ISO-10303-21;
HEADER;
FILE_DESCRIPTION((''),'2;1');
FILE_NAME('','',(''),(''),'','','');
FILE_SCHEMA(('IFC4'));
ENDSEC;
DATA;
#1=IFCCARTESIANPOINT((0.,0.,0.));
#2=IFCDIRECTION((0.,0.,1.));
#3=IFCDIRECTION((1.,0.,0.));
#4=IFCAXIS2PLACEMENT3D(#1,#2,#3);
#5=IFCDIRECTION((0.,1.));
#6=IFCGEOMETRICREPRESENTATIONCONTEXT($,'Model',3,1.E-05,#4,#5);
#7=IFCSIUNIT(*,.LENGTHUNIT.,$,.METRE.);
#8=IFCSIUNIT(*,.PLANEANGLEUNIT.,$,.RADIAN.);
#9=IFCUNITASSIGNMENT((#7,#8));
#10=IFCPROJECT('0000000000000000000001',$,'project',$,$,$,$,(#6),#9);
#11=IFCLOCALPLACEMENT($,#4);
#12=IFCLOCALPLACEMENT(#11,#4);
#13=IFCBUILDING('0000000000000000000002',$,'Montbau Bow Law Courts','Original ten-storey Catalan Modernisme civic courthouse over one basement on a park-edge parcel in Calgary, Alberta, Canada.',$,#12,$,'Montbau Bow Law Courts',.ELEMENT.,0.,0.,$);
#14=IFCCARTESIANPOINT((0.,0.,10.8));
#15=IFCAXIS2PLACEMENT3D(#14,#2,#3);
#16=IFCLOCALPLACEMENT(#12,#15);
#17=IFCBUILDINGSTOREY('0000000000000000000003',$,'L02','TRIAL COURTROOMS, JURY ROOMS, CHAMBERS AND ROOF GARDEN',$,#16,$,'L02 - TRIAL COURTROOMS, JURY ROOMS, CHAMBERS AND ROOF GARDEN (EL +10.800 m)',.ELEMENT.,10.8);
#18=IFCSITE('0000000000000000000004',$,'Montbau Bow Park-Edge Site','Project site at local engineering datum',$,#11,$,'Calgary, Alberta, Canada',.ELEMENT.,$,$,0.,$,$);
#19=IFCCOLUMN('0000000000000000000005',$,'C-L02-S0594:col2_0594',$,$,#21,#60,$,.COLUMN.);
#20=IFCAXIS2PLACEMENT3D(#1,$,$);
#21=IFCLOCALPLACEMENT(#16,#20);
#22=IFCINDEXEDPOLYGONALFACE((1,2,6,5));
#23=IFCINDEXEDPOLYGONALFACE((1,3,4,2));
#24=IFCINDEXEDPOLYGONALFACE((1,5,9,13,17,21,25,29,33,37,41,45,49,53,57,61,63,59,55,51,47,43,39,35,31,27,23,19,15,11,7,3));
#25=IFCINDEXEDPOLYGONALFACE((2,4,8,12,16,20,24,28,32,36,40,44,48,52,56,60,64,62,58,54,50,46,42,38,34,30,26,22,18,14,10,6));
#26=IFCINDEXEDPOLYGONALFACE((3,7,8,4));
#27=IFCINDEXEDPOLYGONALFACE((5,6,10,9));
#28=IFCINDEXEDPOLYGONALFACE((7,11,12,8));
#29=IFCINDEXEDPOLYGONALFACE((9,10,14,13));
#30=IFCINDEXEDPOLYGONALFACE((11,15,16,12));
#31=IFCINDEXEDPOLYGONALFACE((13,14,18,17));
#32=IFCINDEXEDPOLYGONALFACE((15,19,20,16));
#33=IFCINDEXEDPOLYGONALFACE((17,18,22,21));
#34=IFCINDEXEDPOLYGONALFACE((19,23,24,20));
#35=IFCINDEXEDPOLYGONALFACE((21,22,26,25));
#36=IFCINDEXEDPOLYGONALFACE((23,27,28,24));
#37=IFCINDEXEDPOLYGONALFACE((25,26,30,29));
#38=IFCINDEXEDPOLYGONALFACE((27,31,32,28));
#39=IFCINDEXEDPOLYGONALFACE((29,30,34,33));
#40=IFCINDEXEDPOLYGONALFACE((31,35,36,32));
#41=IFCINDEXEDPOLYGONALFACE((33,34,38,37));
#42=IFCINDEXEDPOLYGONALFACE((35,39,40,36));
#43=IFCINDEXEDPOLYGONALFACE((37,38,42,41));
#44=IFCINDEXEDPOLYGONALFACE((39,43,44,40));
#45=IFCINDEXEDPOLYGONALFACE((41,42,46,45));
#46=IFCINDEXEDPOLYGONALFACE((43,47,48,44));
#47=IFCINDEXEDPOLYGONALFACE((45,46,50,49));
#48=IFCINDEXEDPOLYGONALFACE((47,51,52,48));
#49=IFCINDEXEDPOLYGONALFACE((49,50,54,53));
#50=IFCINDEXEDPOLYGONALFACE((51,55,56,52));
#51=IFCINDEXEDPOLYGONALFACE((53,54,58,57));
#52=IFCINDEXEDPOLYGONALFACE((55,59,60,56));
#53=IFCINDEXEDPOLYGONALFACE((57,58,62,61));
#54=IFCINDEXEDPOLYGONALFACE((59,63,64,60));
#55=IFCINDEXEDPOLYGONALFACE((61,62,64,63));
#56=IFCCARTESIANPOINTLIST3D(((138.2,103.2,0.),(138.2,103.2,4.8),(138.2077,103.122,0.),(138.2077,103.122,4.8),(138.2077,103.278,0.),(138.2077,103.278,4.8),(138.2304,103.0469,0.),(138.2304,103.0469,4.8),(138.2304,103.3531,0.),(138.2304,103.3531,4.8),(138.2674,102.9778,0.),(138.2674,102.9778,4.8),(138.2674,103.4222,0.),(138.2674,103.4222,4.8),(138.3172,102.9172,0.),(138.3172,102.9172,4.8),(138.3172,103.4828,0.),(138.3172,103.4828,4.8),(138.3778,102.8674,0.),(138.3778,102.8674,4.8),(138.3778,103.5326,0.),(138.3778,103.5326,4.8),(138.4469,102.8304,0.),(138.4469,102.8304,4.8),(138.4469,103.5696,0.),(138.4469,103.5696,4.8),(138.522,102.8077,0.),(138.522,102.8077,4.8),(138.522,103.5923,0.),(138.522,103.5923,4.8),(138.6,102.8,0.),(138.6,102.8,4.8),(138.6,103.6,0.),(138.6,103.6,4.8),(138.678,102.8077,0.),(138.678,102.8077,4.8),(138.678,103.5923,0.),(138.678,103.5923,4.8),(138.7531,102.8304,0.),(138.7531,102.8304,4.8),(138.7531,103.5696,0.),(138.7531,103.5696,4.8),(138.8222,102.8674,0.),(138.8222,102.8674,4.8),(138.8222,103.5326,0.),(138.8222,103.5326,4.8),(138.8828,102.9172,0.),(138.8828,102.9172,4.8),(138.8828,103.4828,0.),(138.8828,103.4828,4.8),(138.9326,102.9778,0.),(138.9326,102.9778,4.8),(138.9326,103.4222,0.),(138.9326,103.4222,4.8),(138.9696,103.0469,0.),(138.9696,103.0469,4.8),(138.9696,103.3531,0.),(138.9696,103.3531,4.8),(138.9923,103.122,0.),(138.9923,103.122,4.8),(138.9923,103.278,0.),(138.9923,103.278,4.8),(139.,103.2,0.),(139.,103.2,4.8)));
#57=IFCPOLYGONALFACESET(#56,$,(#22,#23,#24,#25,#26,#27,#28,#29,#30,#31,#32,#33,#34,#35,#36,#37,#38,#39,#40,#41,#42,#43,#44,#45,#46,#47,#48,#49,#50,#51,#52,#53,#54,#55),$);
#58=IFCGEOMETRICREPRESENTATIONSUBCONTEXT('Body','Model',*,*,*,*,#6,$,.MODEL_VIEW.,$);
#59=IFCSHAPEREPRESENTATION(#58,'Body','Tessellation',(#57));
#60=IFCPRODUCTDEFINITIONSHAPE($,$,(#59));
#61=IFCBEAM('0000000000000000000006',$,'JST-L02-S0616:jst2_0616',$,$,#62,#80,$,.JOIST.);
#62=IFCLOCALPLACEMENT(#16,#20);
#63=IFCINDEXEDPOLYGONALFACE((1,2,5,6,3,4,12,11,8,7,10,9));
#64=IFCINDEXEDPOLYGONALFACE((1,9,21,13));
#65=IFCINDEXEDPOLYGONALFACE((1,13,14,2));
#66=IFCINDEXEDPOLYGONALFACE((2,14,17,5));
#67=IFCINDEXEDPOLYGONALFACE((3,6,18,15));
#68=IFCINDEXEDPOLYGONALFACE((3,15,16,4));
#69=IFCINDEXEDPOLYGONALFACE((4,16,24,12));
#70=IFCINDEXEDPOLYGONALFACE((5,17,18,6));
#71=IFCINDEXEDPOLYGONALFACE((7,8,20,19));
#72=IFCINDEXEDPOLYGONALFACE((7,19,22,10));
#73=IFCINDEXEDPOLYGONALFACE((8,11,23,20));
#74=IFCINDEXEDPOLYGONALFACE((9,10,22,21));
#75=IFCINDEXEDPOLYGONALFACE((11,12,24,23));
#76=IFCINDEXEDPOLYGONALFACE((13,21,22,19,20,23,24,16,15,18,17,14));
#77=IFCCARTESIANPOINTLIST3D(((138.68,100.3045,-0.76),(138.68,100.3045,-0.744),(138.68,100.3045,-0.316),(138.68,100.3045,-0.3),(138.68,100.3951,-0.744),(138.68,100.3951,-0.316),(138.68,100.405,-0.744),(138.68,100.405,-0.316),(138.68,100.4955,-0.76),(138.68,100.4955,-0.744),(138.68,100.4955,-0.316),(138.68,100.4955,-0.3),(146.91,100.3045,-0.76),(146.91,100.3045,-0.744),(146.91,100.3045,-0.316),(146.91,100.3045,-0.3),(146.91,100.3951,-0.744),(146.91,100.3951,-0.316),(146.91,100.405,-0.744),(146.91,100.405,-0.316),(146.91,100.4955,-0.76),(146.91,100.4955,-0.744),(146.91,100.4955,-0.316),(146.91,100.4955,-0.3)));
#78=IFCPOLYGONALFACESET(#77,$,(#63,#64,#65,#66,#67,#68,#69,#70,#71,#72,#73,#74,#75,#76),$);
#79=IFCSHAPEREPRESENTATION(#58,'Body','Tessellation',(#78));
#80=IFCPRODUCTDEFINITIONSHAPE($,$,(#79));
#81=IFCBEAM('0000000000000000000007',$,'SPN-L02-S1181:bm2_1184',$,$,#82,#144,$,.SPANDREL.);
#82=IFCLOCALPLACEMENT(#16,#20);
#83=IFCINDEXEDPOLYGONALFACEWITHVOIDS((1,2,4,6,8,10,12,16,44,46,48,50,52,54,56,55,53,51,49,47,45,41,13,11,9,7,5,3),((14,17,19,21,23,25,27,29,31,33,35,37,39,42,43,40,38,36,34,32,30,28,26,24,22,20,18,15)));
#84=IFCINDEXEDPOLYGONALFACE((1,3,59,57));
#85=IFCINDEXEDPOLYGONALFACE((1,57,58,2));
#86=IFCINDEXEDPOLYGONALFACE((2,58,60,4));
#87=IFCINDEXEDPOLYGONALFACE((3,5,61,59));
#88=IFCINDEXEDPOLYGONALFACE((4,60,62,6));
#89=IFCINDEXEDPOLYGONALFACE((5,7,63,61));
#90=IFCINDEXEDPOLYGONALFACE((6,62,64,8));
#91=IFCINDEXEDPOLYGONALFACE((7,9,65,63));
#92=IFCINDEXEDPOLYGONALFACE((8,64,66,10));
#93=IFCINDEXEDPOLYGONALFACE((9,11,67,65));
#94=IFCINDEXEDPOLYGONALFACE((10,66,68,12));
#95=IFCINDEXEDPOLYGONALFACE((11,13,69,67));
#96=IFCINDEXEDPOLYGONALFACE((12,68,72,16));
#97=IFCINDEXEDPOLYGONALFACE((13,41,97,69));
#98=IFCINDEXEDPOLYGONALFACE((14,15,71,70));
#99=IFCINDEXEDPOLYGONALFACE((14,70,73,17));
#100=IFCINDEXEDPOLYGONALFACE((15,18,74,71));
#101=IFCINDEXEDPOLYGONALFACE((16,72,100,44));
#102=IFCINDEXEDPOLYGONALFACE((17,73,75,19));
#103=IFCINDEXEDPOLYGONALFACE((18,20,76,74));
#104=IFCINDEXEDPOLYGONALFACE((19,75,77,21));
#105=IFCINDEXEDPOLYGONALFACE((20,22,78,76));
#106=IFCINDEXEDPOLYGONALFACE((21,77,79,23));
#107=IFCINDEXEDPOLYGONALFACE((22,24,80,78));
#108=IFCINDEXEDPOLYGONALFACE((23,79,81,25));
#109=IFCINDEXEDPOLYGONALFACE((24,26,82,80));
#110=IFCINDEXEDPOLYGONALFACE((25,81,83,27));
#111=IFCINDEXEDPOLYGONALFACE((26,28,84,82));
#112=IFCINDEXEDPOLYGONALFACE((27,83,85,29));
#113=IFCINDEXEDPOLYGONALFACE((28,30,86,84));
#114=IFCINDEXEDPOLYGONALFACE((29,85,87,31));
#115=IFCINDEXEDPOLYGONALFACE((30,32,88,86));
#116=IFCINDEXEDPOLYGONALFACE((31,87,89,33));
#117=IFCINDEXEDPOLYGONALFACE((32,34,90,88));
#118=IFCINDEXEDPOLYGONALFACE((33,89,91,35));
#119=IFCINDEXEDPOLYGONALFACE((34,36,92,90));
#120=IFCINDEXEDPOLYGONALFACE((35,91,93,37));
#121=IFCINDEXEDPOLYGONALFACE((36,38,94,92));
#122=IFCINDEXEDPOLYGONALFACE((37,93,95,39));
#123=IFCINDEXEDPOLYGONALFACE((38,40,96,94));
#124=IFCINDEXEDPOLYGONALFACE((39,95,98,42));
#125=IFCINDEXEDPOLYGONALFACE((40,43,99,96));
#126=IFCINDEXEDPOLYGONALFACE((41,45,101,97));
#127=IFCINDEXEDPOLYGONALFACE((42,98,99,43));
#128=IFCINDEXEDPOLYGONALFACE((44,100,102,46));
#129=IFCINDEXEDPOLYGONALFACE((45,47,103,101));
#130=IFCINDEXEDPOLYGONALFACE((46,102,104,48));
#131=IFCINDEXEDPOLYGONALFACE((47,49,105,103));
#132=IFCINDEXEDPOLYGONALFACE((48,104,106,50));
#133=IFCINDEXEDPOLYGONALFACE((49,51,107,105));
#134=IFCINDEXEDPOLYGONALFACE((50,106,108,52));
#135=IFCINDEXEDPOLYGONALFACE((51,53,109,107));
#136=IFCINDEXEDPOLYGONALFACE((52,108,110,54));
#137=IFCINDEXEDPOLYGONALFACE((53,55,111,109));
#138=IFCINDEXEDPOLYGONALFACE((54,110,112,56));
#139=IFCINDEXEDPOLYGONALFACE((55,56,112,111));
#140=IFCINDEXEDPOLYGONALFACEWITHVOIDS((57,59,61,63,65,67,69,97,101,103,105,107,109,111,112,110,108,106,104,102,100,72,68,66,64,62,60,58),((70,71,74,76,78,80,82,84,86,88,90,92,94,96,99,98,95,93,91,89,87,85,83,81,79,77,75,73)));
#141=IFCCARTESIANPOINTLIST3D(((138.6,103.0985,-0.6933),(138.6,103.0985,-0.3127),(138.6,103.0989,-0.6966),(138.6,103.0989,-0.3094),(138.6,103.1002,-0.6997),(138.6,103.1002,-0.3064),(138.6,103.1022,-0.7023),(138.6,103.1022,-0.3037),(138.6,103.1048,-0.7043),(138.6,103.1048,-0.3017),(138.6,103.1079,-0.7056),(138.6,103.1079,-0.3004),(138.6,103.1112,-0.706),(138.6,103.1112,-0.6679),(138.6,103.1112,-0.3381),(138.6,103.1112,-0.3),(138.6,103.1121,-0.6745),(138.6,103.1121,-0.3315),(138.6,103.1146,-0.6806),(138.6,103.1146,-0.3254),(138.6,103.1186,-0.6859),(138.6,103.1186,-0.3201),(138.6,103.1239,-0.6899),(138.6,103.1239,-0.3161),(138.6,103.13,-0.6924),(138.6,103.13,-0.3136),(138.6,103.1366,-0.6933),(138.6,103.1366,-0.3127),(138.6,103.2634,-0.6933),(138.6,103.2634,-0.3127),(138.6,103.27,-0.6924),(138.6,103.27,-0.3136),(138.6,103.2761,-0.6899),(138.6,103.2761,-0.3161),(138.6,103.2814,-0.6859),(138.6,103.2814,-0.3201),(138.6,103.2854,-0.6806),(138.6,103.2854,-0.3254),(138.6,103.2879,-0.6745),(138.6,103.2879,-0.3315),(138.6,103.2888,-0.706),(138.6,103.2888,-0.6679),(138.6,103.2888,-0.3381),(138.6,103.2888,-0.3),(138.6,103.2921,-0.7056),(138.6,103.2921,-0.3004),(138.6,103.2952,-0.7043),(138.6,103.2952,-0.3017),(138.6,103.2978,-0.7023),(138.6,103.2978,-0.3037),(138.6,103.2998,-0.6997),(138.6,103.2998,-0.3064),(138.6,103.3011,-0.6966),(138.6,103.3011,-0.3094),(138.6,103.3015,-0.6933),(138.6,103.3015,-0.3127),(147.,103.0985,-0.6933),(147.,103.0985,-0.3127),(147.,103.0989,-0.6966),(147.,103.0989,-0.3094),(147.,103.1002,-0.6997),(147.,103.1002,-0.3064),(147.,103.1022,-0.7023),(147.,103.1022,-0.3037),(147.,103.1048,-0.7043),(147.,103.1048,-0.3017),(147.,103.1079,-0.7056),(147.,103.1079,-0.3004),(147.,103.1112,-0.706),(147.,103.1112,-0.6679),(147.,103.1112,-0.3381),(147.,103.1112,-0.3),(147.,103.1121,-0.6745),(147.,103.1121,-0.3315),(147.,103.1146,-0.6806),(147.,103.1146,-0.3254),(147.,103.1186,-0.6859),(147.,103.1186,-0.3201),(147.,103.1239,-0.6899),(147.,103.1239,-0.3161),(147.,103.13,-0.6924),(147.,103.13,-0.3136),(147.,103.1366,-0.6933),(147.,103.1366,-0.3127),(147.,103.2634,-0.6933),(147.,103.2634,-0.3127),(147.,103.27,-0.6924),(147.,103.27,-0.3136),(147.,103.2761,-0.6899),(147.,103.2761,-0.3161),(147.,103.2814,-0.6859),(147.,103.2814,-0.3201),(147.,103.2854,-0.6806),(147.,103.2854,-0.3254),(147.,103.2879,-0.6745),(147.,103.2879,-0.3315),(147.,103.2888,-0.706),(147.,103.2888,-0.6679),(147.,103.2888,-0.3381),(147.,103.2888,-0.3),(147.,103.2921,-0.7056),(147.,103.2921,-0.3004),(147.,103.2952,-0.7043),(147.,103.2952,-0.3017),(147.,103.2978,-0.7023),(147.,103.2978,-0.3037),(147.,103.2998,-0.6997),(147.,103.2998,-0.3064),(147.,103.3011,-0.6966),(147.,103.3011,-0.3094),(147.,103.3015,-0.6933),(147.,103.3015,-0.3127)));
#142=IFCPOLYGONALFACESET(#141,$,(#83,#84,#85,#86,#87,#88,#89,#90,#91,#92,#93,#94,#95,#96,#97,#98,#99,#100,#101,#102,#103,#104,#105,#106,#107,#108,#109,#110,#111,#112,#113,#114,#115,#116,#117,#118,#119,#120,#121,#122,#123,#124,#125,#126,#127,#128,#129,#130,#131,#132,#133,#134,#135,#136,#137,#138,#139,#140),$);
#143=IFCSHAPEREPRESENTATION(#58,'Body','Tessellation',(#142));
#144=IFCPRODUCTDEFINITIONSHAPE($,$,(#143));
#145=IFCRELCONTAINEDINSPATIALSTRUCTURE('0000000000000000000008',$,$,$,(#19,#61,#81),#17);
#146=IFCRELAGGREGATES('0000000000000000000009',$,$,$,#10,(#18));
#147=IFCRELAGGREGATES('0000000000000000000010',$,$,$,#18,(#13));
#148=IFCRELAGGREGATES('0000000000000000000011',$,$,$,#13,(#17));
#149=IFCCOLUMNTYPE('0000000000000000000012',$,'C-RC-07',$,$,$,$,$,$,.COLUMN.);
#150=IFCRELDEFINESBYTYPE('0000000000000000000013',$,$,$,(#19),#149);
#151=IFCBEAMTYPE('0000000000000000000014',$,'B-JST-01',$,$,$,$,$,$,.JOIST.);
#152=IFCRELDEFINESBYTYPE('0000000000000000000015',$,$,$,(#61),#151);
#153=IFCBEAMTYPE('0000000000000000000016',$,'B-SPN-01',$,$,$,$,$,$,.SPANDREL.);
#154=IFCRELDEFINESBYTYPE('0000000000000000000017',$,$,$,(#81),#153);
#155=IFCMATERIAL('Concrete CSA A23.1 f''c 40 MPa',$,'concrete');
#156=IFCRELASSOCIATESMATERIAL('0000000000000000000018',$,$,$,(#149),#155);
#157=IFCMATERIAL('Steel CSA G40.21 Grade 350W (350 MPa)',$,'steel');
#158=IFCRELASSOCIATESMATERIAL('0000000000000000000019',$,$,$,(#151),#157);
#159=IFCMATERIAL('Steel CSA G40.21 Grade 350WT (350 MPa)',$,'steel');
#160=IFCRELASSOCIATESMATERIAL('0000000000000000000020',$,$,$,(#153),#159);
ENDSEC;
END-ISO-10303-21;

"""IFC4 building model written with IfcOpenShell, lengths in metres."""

from ifc_helpers import new_model, si_unit, direction, frame, origin_with_axes, origin_2d_with_axis, place, context, subcontext, project, spatial, hollow_rectangle, circle, i_section, extrude, material, material_profile, profile_set, type_object, element, save


model = new_model("IFC4")

# Units and contexts
model_context = context("Model", 3, precision=1e-05, world=origin_with_axes(), true_north=direction((0.0, 1.0)))
body_context = subcontext(model_context, "Body", "Model", "MODEL_VIEW")
ifc_project = project(units=[si_unit("LENGTHUNIT", "METRE"), si_unit("PLANEANGLEUNIT", "RADIAN")], contexts=[model_context])

# Site, building, storey
site_placement = place(None, origin_with_axes())
site = spatial("IfcSite", under=ifc_project, at=site_placement, Name="Montbau Bow Park-Edge Site", Description="Project site at local engineering datum", LongName="Calgary, Alberta, Canada", CompositionType="ELEMENT", RefElevation=0.0)
building_placement = place(site_placement, origin_with_axes())
building = spatial("IfcBuilding", under=site, at=building_placement, Name="Montbau Bow Law Courts", Description="Original ten-storey Catalan Modernisme civic courthouse over one basement on a park-edge parcel in Calgary, Alberta, Canada.", LongName="Montbau Bow Law Courts", CompositionType="ELEMENT", ElevationOfRefHeight=0.0, ElevationOfTerrain=0.0)
storey_placement = place(building_placement, frame((0.0, 0.0, 10.8), z_axis=(0.0, 0.0, 1.0), x_axis=(1.0, 0.0, 0.0)))
storey = spatial("IfcBuildingStorey", under=building, at=storey_placement, Name="L02", Description="TRIAL COURTROOMS, JURY ROOMS, CHAMBERS AND ROOF GARDEN", LongName="L02 - TRIAL COURTROOMS, JURY ROOMS, CHAMBERS AND ROOF GARDEN (EL +10.800 m)", CompositionType="ELEMENT", Elevation=10.8)

# Column
ifc_material_1 = material(Name="Concrete CSA A23.1 f'c 40 MPa", Category="concrete")
ifc_material_profile_1 = material_profile(ifc_material_1, circle(Radius=0.4, at=origin_2d_with_axis()), Name="RC800D", Category="Main", Priority=0)
ifc_profile_set_1 = profile_set([ifc_material_profile_1], Name="Concrete CSA A23.1 f'c 40 MPa")
column_type = type_object("IfcColumnType", Name="C-RC-07", PredefinedType="COLUMN", material=ifc_profile_set_1)
column_placement = place(None, frame((138.6, 103.2, 10.8), z_axis=(0.0, 0.0, 1.0), x_axis=(1.0, 0.0, 0.0)))
element("IfcColumn", 1, at=column_placement, inside=storey, type_object=column_type, Name="C-L02-S0594:col2_0594", PredefinedType="COLUMN", context=body_context, shape_type="SweptSolid", body=[
    extrude(circle(Radius=0.4, at=origin_2d_with_axis()), origin_with_axes(), (0.0, 0.0, 1.0), 4.8),
])

# Beams
ifc_material_2 = material(Name="Steel CSA G40.21 Grade 350W (350 MPa)", Category="steel")
ifc_material_profile_2 = material_profile(ifc_material_2, i_section(OverallWidth=0.191, OverallDepth=0.46, WebThickness=0.0099, FlangeThickness=0.016, at=origin_2d_with_axis()), Name="W460X82", Category="Main", Priority=0)
ifc_profile_set_2 = profile_set([ifc_material_profile_2], Name="Steel CSA G40.21 Grade 350W (350 MPa)")
beam_type_1 = type_object("IfcBeamType", Name="B-JST-01", PredefinedType="JOIST", material=ifc_profile_set_2)
beam_1_placement = place(None, frame((138.68, 100.4, 10.27), z_axis=(1.0, 0.0, 0.0), x_axis=(0.0, 1.0, 0.0)))
element("IfcBeam", 2, at=beam_1_placement, inside=storey, type_object=beam_type_1, Name="JST-L02-S0616:jst2_0616", PredefinedType="JOIST", context=body_context, shape_type="SweptSolid", body=[
    extrude(i_section(OverallWidth=0.191, OverallDepth=0.46, WebThickness=0.0099, FlangeThickness=0.016, at=origin_2d_with_axis()), origin_with_axes(), (0.0, 0.0, 1.0), 8.23),
])
ifc_material_3 = material(Name="Steel CSA G40.21 Grade 350WT (350 MPa)", Category="steel")
ifc_material_profile_3 = material_profile(ifc_material_3, hollow_rectangle(XDim=0.203, YDim=0.406, WallThickness=0.0127, InnerFilletRadius=0.0254, OuterFilletRadius=0.0127, at=origin_2d_with_axis()), Name="HSS406X203X13", Category="Main", Priority=0)
ifc_profile_set_3 = profile_set([ifc_material_profile_3], Name="Steel CSA G40.21 Grade 350WT (350 MPa)")
beam_type_2 = type_object("IfcBeamType", Name="B-SPN-01", PredefinedType="SPANDREL", material=ifc_profile_set_3)
beam_2_placement = place(None, frame((138.6, 103.2, 10.297), z_axis=(1.0, 0.0, 0.0), x_axis=(0.0, 1.0, 0.0)))
element("IfcBeam", 3, at=beam_2_placement, inside=storey, type_object=beam_type_2, Name="SPN-L02-S1181:bm2_1184", PredefinedType="SPANDREL", context=body_context, shape_type="SweptSolid", body=[
    extrude(hollow_rectangle(XDim=0.203, YDim=0.406, WallThickness=0.0127, InnerFilletRadius=0.0254, OuterFilletRadius=0.0127, at=origin_2d_with_axis()), origin_with_axes(), (0.0, 0.0, 1.0), 8.4),
])

save(model, "model.ifc")
